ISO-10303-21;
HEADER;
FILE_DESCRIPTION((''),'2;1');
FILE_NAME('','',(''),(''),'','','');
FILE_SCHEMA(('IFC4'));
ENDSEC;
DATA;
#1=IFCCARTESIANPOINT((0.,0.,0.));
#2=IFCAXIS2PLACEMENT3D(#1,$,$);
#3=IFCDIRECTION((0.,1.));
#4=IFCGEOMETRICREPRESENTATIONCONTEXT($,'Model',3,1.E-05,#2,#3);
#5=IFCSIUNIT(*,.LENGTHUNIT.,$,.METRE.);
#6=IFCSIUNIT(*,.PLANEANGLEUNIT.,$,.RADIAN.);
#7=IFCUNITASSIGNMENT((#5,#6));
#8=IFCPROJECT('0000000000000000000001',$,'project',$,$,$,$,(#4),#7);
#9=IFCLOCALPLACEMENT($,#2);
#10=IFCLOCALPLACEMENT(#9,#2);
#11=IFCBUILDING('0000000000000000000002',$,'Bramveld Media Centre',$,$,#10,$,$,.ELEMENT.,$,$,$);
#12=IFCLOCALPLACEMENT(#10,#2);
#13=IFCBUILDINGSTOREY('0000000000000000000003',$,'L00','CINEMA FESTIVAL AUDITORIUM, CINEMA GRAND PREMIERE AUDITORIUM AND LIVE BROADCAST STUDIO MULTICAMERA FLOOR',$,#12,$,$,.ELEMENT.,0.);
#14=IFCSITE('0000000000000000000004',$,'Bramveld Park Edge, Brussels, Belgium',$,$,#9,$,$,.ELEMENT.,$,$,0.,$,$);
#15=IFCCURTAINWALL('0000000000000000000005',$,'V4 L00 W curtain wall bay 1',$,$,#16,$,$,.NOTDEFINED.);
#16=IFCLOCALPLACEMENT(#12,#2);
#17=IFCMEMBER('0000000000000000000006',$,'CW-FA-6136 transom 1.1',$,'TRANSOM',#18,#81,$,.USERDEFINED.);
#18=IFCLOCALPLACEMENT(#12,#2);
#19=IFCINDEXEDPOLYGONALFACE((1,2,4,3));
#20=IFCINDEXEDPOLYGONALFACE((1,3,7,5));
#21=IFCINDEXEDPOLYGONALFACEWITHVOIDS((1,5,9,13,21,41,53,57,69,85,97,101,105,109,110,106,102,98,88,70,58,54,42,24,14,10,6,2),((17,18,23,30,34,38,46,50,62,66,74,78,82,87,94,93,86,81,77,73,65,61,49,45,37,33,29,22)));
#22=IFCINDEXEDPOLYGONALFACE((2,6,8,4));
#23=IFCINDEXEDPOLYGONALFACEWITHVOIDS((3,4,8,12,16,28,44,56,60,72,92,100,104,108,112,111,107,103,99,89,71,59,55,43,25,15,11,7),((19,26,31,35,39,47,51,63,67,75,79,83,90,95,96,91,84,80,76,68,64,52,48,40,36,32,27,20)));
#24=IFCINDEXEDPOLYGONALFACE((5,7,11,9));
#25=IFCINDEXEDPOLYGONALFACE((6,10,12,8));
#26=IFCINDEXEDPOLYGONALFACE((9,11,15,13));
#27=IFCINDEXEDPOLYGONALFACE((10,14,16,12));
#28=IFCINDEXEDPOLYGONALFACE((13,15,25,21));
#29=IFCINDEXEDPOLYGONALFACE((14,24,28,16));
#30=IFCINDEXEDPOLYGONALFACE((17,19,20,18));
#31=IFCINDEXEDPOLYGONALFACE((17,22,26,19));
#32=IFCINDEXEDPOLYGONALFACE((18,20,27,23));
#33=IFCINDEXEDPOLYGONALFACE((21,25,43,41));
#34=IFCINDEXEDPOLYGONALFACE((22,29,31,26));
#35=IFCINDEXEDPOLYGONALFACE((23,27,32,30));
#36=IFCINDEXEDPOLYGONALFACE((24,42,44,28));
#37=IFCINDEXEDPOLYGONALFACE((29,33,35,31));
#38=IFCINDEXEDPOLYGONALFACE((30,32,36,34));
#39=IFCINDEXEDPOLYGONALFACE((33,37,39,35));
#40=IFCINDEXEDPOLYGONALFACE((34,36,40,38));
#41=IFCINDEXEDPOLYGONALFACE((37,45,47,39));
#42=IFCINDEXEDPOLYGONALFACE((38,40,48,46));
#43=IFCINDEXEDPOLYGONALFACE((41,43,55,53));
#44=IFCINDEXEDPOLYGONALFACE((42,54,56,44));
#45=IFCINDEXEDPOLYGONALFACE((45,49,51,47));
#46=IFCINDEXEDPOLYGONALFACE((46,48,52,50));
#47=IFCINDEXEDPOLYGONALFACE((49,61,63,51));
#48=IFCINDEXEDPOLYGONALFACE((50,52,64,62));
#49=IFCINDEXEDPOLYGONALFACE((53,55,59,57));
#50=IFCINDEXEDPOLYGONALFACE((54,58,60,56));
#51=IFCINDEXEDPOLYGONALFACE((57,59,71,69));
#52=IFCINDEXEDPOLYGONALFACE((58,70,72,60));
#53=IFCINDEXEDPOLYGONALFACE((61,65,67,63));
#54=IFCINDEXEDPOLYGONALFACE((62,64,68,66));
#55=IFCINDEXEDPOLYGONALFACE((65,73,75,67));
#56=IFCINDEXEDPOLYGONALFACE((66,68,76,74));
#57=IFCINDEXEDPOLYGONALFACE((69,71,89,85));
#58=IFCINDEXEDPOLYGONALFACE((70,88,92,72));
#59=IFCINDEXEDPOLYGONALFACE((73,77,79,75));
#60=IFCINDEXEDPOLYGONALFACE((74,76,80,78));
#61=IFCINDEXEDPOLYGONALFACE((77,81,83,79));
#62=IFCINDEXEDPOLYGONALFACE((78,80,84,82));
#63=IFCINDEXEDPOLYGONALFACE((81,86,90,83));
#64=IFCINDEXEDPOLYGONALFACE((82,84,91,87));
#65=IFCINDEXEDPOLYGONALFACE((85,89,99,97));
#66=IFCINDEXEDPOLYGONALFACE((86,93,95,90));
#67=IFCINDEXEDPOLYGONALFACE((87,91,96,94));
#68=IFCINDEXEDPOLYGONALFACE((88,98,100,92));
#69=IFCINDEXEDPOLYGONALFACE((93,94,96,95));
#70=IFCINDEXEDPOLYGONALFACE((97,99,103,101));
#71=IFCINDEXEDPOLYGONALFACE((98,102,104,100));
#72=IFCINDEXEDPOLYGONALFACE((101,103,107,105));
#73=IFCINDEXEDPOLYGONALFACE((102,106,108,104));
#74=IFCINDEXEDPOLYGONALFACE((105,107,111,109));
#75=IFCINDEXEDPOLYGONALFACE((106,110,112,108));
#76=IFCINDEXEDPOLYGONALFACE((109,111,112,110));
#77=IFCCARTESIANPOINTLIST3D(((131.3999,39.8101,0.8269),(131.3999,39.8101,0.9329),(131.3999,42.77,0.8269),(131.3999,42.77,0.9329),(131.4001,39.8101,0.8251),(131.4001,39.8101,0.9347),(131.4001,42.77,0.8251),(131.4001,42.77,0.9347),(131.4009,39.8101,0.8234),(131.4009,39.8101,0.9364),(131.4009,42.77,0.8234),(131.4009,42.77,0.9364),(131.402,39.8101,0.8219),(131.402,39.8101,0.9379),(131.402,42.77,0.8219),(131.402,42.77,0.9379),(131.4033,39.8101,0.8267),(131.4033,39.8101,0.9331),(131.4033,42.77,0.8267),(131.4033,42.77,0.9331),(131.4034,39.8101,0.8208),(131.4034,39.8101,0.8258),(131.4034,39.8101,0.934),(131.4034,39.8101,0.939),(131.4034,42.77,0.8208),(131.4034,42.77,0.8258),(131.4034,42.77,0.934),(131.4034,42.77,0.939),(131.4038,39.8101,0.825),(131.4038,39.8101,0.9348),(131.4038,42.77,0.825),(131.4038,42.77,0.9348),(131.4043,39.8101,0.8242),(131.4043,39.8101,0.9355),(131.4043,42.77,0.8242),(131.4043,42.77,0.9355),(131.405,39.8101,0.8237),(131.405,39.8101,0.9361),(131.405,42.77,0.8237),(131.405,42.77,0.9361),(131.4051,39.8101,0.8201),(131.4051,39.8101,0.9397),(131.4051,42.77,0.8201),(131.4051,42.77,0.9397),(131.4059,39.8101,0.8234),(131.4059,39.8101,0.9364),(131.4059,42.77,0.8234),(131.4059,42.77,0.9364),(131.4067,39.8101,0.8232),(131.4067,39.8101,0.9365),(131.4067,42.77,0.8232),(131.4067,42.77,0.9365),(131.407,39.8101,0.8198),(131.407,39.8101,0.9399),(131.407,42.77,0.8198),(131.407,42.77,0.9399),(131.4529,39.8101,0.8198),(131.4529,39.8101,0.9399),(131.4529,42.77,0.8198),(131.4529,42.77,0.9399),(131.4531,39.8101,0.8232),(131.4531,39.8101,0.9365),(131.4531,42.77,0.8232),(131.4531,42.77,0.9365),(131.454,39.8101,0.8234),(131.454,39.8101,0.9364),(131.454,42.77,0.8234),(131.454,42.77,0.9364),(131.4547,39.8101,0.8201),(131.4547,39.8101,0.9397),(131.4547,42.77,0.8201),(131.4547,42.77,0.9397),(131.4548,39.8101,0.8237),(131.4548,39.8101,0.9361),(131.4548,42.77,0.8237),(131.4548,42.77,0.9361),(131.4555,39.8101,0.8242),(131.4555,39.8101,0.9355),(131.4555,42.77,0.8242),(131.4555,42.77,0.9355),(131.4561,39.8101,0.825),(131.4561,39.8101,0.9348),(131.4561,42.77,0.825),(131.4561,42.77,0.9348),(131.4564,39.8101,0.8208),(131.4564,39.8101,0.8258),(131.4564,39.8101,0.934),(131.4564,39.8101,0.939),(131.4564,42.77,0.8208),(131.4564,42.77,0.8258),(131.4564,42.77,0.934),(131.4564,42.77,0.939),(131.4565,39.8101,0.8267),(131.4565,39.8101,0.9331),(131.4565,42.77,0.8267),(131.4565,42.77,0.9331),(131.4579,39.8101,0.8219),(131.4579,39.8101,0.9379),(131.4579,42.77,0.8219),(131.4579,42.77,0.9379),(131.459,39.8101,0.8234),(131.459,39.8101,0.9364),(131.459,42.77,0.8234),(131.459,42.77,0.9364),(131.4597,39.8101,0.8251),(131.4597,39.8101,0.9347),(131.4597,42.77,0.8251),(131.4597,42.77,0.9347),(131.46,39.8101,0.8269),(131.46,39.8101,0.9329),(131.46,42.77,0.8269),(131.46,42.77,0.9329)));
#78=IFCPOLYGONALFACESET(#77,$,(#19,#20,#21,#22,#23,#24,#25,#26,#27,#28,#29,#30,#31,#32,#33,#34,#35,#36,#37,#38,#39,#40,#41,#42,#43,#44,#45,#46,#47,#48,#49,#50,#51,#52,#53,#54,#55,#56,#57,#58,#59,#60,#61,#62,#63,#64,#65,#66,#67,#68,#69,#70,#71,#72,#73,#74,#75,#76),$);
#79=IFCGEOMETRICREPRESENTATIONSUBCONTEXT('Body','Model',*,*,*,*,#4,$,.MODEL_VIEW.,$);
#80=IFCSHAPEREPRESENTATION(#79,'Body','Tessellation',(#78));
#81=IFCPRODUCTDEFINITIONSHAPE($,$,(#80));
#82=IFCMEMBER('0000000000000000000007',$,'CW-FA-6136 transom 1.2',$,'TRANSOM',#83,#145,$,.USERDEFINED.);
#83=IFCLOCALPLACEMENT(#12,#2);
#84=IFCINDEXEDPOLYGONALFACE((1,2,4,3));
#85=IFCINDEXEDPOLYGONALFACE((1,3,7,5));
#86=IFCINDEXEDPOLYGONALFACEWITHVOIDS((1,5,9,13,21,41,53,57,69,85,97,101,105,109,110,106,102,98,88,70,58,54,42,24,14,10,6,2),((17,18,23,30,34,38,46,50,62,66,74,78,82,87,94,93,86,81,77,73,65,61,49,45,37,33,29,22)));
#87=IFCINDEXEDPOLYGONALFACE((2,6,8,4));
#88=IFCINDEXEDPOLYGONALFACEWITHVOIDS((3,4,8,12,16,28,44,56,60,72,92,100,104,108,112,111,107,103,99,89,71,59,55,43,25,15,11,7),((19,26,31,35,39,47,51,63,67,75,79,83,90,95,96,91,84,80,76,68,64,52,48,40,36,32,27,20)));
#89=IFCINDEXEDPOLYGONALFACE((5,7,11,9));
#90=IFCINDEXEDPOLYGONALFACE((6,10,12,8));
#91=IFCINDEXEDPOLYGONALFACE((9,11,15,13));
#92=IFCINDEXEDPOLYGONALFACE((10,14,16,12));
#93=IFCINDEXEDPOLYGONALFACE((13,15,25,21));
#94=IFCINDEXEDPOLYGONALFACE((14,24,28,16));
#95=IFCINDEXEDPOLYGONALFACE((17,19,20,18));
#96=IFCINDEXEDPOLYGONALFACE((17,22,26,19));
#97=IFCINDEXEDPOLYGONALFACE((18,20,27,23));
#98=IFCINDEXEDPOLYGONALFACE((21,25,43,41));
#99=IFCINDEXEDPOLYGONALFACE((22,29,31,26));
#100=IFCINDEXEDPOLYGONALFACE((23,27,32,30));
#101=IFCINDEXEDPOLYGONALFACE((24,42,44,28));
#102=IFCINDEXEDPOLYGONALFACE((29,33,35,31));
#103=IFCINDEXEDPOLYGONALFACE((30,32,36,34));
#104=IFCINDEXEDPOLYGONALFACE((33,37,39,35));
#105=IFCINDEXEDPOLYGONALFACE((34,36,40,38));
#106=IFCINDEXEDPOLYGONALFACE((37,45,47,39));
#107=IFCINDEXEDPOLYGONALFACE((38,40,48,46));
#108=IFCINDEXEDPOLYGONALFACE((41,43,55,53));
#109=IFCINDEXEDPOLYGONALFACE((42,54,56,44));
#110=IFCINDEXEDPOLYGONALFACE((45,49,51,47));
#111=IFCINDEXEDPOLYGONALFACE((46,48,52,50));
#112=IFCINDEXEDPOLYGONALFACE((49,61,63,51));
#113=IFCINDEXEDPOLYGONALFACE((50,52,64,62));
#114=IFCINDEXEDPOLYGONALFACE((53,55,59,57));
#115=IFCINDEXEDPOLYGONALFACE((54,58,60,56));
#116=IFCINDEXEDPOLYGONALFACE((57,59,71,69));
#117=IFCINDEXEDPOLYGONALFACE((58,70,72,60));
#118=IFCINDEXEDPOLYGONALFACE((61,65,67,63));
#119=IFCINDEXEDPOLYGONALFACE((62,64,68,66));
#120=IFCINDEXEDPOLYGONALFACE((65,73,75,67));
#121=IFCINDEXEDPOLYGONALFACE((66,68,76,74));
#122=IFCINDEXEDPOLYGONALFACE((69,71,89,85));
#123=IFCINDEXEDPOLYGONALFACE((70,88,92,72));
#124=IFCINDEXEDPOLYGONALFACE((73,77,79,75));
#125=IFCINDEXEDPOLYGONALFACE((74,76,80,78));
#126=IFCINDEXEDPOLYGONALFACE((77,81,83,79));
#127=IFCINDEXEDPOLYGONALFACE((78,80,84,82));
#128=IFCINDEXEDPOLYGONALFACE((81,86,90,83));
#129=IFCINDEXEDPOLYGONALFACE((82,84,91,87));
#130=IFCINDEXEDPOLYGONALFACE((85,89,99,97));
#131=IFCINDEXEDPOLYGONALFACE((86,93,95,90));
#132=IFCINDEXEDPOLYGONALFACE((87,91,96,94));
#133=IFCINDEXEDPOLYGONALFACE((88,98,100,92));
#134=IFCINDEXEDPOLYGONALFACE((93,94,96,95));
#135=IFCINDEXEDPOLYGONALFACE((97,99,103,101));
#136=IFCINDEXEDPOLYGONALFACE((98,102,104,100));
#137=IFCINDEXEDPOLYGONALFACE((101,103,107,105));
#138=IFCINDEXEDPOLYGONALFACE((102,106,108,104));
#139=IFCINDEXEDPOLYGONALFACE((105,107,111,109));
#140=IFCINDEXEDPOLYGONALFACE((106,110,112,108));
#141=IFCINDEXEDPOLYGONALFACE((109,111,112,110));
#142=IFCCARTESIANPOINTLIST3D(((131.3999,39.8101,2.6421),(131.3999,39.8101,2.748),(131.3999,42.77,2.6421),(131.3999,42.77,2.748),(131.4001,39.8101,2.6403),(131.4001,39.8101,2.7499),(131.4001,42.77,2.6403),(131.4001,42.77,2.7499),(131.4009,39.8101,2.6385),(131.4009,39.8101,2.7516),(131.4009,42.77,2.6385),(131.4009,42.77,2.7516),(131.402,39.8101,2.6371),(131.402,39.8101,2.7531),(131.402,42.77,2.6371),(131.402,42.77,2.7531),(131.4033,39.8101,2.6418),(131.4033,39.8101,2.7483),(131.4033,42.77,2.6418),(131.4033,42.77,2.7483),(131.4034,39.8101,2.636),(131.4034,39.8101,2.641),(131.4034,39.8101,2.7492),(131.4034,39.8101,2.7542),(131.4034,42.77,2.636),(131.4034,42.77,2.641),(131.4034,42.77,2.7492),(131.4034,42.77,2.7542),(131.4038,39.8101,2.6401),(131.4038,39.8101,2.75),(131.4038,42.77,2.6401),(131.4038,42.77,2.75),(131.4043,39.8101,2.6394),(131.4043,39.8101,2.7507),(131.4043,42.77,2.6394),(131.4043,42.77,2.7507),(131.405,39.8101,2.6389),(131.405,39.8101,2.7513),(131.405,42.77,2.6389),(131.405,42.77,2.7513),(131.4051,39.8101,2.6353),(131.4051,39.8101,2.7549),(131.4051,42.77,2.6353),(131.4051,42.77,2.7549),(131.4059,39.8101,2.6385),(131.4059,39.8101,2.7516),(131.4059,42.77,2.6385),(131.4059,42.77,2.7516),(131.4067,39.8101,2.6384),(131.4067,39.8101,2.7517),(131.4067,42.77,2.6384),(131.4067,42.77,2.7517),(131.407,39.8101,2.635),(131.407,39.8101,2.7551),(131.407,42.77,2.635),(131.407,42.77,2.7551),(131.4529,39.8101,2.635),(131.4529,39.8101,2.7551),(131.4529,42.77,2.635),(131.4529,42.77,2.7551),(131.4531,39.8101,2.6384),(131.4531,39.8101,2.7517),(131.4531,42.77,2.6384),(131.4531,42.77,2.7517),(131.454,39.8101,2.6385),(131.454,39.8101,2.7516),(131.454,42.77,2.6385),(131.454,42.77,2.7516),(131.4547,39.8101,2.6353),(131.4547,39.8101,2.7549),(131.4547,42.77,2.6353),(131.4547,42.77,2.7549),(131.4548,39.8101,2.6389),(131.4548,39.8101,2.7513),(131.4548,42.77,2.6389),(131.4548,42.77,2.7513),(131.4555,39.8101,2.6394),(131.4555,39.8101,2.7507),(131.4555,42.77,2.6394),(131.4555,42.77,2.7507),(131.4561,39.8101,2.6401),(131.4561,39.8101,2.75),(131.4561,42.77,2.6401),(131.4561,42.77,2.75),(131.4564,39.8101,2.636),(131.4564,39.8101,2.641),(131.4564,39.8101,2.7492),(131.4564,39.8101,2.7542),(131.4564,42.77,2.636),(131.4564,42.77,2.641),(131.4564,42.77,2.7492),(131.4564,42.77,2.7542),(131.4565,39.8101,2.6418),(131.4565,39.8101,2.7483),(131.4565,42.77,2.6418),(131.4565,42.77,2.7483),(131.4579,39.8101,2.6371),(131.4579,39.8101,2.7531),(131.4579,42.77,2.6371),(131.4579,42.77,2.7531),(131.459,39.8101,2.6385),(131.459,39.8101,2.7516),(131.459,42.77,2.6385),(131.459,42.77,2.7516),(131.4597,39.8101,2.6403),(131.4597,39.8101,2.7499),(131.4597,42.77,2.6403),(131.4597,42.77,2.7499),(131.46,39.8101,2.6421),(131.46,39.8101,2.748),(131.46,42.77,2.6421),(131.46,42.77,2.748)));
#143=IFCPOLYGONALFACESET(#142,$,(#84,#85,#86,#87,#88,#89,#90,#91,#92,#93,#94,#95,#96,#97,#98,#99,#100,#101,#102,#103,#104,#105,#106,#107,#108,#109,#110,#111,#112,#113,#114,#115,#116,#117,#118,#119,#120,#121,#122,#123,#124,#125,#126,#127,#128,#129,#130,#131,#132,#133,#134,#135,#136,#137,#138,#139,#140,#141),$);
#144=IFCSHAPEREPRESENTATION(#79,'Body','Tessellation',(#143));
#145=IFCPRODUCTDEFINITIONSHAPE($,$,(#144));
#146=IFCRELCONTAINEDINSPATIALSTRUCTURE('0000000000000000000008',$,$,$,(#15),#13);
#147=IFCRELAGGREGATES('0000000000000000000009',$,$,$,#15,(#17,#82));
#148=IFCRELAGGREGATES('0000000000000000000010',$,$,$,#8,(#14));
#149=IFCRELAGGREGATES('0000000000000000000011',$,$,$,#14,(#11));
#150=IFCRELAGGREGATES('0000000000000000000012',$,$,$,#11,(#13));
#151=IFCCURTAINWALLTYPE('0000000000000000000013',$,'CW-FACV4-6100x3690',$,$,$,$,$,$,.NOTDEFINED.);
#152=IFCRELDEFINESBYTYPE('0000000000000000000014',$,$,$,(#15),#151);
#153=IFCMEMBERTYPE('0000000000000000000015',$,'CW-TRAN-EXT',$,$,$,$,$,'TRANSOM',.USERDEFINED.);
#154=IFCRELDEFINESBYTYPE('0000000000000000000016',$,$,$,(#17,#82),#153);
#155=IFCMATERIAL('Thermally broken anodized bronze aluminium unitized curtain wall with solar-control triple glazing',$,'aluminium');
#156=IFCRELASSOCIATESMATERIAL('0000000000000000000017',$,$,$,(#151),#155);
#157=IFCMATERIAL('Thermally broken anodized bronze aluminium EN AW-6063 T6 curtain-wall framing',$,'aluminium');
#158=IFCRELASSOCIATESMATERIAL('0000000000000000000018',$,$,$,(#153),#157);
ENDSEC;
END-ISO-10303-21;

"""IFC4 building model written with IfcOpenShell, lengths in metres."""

from ifc_helpers import new_model, si_unit, direction, frame, origin, origin_2d, place, context, subcontext, project, spatial, hollow_rectangle, extrude, material, material_profile, profile_set, type_object, element, aggregate, save


model = new_model("IFC4")

# Units and contexts
model_context = context("Model", 3, precision=1e-05, world=origin(), true_north=direction((0.0, 1.0)))
body_context = subcontext(model_context, "Body", "Model", "MODEL_VIEW")
ifc_project = project(units=[si_unit("LENGTHUNIT", "METRE"), si_unit("PLANEANGLEUNIT", "RADIAN")], contexts=[model_context])

# Site, building, storey
site_placement = place(None, origin())
site = spatial("IfcSite", under=ifc_project, at=site_placement, Name="Bramveld Park Edge, Brussels, Belgium", CompositionType="ELEMENT", RefElevation=0.0)
building_placement = place(site_placement, origin())
building = spatial("IfcBuilding", under=site, at=building_placement, Name="Bramveld Media Centre", CompositionType="ELEMENT")
storey_placement = place(building_placement, origin())
storey = spatial("IfcBuildingStorey", under=building, at=storey_placement, Name="L00", Description="CINEMA FESTIVAL AUDITORIUM, CINEMA GRAND PREMIERE AUDITORIUM AND LIVE BROADCAST STUDIO MULTICAMERA FLOOR", CompositionType="ELEMENT", Elevation=0.0)

# Curtain wall, members
ifc_material_1 = material(Name="Thermally broken anodized bronze aluminium unitized curtain wall with solar-control triple glazing", Category="aluminium")
curtain_wall_type = type_object("IfcCurtainWallType", Name="CW-FACV4-6100x3690", PredefinedType="NOTDEFINED", material=ifc_material_1)
curtain_wall_placement = place(storey_placement, origin())
curtain_wall = element("IfcCurtainWall", 1, at=curtain_wall_placement, inside=storey, type_object=curtain_wall_type, Name="V4 L00 W curtain wall bay 1", PredefinedType="NOTDEFINED")
ifc_material_2 = material(Name="Thermally broken anodized bronze aluminium EN AW-6063 T6 curtain-wall framing", Category="aluminium")
ifc_material_profile_1 = material_profile(ifc_material_2, hollow_rectangle(XDim=0.0601, YDim=0.1201, WallThickness=0.0034, InnerFilletRadius=0.0034, OuterFilletRadius=0.0071, at=origin_2d()), Name="AL-TRAN 60x120")
ifc_profile_set_1 = profile_set([ifc_material_profile_1], Name="Thermally broken anodized bronze aluminium EN AW-6063 T6 curtain-wall framing")
member_type_1 = type_object("IfcMemberType", Name="CW-TRAN-EXT", ElementType="TRANSOM", PredefinedType="USERDEFINED", material=ifc_profile_set_1)
member_1_placement = place(storey_placement, frame((131.4299, 39.8101, 0.8799), z_axis=(0.0, 1.0, 0.0), x_axis=(-1.0, 0.0, 0.0)))
member_1 = element("IfcMember", 2, at=member_1_placement, type_object=member_type_1, Name="CW-FA-6136 transom 1.1", ObjectType="TRANSOM", PredefinedType="USERDEFINED", context=body_context, shape_type="SweptSolid", body=[
    extrude(hollow_rectangle(XDim=0.0601, YDim=0.1201, WallThickness=0.0034, InnerFilletRadius=0.0034, OuterFilletRadius=0.0071, at=origin_2d()), origin(), (0.0, 0.0, 1.0), 2.96),
])
member_2_placement = place(storey_placement, frame((131.4299, 39.8101, 2.6951), z_axis=(0.0, 1.0, 0.0), x_axis=(-1.0, 0.0, 0.0)))
member_2 = element("IfcMember", 3, at=member_2_placement, type_object=member_type_1, Name="CW-FA-6136 transom 1.2", ObjectType="TRANSOM", PredefinedType="USERDEFINED", context=body_context, shape_type="SweptSolid", body=[
    extrude(hollow_rectangle(XDim=0.0601, YDim=0.1201, WallThickness=0.0034, InnerFilletRadius=0.0034, OuterFilletRadius=0.0071, at=origin_2d()), origin(), (0.0, 0.0, 1.0), 2.96),
])

aggregate(curtain_wall, [member_1, member_2])

save(model, "model.ifc")
